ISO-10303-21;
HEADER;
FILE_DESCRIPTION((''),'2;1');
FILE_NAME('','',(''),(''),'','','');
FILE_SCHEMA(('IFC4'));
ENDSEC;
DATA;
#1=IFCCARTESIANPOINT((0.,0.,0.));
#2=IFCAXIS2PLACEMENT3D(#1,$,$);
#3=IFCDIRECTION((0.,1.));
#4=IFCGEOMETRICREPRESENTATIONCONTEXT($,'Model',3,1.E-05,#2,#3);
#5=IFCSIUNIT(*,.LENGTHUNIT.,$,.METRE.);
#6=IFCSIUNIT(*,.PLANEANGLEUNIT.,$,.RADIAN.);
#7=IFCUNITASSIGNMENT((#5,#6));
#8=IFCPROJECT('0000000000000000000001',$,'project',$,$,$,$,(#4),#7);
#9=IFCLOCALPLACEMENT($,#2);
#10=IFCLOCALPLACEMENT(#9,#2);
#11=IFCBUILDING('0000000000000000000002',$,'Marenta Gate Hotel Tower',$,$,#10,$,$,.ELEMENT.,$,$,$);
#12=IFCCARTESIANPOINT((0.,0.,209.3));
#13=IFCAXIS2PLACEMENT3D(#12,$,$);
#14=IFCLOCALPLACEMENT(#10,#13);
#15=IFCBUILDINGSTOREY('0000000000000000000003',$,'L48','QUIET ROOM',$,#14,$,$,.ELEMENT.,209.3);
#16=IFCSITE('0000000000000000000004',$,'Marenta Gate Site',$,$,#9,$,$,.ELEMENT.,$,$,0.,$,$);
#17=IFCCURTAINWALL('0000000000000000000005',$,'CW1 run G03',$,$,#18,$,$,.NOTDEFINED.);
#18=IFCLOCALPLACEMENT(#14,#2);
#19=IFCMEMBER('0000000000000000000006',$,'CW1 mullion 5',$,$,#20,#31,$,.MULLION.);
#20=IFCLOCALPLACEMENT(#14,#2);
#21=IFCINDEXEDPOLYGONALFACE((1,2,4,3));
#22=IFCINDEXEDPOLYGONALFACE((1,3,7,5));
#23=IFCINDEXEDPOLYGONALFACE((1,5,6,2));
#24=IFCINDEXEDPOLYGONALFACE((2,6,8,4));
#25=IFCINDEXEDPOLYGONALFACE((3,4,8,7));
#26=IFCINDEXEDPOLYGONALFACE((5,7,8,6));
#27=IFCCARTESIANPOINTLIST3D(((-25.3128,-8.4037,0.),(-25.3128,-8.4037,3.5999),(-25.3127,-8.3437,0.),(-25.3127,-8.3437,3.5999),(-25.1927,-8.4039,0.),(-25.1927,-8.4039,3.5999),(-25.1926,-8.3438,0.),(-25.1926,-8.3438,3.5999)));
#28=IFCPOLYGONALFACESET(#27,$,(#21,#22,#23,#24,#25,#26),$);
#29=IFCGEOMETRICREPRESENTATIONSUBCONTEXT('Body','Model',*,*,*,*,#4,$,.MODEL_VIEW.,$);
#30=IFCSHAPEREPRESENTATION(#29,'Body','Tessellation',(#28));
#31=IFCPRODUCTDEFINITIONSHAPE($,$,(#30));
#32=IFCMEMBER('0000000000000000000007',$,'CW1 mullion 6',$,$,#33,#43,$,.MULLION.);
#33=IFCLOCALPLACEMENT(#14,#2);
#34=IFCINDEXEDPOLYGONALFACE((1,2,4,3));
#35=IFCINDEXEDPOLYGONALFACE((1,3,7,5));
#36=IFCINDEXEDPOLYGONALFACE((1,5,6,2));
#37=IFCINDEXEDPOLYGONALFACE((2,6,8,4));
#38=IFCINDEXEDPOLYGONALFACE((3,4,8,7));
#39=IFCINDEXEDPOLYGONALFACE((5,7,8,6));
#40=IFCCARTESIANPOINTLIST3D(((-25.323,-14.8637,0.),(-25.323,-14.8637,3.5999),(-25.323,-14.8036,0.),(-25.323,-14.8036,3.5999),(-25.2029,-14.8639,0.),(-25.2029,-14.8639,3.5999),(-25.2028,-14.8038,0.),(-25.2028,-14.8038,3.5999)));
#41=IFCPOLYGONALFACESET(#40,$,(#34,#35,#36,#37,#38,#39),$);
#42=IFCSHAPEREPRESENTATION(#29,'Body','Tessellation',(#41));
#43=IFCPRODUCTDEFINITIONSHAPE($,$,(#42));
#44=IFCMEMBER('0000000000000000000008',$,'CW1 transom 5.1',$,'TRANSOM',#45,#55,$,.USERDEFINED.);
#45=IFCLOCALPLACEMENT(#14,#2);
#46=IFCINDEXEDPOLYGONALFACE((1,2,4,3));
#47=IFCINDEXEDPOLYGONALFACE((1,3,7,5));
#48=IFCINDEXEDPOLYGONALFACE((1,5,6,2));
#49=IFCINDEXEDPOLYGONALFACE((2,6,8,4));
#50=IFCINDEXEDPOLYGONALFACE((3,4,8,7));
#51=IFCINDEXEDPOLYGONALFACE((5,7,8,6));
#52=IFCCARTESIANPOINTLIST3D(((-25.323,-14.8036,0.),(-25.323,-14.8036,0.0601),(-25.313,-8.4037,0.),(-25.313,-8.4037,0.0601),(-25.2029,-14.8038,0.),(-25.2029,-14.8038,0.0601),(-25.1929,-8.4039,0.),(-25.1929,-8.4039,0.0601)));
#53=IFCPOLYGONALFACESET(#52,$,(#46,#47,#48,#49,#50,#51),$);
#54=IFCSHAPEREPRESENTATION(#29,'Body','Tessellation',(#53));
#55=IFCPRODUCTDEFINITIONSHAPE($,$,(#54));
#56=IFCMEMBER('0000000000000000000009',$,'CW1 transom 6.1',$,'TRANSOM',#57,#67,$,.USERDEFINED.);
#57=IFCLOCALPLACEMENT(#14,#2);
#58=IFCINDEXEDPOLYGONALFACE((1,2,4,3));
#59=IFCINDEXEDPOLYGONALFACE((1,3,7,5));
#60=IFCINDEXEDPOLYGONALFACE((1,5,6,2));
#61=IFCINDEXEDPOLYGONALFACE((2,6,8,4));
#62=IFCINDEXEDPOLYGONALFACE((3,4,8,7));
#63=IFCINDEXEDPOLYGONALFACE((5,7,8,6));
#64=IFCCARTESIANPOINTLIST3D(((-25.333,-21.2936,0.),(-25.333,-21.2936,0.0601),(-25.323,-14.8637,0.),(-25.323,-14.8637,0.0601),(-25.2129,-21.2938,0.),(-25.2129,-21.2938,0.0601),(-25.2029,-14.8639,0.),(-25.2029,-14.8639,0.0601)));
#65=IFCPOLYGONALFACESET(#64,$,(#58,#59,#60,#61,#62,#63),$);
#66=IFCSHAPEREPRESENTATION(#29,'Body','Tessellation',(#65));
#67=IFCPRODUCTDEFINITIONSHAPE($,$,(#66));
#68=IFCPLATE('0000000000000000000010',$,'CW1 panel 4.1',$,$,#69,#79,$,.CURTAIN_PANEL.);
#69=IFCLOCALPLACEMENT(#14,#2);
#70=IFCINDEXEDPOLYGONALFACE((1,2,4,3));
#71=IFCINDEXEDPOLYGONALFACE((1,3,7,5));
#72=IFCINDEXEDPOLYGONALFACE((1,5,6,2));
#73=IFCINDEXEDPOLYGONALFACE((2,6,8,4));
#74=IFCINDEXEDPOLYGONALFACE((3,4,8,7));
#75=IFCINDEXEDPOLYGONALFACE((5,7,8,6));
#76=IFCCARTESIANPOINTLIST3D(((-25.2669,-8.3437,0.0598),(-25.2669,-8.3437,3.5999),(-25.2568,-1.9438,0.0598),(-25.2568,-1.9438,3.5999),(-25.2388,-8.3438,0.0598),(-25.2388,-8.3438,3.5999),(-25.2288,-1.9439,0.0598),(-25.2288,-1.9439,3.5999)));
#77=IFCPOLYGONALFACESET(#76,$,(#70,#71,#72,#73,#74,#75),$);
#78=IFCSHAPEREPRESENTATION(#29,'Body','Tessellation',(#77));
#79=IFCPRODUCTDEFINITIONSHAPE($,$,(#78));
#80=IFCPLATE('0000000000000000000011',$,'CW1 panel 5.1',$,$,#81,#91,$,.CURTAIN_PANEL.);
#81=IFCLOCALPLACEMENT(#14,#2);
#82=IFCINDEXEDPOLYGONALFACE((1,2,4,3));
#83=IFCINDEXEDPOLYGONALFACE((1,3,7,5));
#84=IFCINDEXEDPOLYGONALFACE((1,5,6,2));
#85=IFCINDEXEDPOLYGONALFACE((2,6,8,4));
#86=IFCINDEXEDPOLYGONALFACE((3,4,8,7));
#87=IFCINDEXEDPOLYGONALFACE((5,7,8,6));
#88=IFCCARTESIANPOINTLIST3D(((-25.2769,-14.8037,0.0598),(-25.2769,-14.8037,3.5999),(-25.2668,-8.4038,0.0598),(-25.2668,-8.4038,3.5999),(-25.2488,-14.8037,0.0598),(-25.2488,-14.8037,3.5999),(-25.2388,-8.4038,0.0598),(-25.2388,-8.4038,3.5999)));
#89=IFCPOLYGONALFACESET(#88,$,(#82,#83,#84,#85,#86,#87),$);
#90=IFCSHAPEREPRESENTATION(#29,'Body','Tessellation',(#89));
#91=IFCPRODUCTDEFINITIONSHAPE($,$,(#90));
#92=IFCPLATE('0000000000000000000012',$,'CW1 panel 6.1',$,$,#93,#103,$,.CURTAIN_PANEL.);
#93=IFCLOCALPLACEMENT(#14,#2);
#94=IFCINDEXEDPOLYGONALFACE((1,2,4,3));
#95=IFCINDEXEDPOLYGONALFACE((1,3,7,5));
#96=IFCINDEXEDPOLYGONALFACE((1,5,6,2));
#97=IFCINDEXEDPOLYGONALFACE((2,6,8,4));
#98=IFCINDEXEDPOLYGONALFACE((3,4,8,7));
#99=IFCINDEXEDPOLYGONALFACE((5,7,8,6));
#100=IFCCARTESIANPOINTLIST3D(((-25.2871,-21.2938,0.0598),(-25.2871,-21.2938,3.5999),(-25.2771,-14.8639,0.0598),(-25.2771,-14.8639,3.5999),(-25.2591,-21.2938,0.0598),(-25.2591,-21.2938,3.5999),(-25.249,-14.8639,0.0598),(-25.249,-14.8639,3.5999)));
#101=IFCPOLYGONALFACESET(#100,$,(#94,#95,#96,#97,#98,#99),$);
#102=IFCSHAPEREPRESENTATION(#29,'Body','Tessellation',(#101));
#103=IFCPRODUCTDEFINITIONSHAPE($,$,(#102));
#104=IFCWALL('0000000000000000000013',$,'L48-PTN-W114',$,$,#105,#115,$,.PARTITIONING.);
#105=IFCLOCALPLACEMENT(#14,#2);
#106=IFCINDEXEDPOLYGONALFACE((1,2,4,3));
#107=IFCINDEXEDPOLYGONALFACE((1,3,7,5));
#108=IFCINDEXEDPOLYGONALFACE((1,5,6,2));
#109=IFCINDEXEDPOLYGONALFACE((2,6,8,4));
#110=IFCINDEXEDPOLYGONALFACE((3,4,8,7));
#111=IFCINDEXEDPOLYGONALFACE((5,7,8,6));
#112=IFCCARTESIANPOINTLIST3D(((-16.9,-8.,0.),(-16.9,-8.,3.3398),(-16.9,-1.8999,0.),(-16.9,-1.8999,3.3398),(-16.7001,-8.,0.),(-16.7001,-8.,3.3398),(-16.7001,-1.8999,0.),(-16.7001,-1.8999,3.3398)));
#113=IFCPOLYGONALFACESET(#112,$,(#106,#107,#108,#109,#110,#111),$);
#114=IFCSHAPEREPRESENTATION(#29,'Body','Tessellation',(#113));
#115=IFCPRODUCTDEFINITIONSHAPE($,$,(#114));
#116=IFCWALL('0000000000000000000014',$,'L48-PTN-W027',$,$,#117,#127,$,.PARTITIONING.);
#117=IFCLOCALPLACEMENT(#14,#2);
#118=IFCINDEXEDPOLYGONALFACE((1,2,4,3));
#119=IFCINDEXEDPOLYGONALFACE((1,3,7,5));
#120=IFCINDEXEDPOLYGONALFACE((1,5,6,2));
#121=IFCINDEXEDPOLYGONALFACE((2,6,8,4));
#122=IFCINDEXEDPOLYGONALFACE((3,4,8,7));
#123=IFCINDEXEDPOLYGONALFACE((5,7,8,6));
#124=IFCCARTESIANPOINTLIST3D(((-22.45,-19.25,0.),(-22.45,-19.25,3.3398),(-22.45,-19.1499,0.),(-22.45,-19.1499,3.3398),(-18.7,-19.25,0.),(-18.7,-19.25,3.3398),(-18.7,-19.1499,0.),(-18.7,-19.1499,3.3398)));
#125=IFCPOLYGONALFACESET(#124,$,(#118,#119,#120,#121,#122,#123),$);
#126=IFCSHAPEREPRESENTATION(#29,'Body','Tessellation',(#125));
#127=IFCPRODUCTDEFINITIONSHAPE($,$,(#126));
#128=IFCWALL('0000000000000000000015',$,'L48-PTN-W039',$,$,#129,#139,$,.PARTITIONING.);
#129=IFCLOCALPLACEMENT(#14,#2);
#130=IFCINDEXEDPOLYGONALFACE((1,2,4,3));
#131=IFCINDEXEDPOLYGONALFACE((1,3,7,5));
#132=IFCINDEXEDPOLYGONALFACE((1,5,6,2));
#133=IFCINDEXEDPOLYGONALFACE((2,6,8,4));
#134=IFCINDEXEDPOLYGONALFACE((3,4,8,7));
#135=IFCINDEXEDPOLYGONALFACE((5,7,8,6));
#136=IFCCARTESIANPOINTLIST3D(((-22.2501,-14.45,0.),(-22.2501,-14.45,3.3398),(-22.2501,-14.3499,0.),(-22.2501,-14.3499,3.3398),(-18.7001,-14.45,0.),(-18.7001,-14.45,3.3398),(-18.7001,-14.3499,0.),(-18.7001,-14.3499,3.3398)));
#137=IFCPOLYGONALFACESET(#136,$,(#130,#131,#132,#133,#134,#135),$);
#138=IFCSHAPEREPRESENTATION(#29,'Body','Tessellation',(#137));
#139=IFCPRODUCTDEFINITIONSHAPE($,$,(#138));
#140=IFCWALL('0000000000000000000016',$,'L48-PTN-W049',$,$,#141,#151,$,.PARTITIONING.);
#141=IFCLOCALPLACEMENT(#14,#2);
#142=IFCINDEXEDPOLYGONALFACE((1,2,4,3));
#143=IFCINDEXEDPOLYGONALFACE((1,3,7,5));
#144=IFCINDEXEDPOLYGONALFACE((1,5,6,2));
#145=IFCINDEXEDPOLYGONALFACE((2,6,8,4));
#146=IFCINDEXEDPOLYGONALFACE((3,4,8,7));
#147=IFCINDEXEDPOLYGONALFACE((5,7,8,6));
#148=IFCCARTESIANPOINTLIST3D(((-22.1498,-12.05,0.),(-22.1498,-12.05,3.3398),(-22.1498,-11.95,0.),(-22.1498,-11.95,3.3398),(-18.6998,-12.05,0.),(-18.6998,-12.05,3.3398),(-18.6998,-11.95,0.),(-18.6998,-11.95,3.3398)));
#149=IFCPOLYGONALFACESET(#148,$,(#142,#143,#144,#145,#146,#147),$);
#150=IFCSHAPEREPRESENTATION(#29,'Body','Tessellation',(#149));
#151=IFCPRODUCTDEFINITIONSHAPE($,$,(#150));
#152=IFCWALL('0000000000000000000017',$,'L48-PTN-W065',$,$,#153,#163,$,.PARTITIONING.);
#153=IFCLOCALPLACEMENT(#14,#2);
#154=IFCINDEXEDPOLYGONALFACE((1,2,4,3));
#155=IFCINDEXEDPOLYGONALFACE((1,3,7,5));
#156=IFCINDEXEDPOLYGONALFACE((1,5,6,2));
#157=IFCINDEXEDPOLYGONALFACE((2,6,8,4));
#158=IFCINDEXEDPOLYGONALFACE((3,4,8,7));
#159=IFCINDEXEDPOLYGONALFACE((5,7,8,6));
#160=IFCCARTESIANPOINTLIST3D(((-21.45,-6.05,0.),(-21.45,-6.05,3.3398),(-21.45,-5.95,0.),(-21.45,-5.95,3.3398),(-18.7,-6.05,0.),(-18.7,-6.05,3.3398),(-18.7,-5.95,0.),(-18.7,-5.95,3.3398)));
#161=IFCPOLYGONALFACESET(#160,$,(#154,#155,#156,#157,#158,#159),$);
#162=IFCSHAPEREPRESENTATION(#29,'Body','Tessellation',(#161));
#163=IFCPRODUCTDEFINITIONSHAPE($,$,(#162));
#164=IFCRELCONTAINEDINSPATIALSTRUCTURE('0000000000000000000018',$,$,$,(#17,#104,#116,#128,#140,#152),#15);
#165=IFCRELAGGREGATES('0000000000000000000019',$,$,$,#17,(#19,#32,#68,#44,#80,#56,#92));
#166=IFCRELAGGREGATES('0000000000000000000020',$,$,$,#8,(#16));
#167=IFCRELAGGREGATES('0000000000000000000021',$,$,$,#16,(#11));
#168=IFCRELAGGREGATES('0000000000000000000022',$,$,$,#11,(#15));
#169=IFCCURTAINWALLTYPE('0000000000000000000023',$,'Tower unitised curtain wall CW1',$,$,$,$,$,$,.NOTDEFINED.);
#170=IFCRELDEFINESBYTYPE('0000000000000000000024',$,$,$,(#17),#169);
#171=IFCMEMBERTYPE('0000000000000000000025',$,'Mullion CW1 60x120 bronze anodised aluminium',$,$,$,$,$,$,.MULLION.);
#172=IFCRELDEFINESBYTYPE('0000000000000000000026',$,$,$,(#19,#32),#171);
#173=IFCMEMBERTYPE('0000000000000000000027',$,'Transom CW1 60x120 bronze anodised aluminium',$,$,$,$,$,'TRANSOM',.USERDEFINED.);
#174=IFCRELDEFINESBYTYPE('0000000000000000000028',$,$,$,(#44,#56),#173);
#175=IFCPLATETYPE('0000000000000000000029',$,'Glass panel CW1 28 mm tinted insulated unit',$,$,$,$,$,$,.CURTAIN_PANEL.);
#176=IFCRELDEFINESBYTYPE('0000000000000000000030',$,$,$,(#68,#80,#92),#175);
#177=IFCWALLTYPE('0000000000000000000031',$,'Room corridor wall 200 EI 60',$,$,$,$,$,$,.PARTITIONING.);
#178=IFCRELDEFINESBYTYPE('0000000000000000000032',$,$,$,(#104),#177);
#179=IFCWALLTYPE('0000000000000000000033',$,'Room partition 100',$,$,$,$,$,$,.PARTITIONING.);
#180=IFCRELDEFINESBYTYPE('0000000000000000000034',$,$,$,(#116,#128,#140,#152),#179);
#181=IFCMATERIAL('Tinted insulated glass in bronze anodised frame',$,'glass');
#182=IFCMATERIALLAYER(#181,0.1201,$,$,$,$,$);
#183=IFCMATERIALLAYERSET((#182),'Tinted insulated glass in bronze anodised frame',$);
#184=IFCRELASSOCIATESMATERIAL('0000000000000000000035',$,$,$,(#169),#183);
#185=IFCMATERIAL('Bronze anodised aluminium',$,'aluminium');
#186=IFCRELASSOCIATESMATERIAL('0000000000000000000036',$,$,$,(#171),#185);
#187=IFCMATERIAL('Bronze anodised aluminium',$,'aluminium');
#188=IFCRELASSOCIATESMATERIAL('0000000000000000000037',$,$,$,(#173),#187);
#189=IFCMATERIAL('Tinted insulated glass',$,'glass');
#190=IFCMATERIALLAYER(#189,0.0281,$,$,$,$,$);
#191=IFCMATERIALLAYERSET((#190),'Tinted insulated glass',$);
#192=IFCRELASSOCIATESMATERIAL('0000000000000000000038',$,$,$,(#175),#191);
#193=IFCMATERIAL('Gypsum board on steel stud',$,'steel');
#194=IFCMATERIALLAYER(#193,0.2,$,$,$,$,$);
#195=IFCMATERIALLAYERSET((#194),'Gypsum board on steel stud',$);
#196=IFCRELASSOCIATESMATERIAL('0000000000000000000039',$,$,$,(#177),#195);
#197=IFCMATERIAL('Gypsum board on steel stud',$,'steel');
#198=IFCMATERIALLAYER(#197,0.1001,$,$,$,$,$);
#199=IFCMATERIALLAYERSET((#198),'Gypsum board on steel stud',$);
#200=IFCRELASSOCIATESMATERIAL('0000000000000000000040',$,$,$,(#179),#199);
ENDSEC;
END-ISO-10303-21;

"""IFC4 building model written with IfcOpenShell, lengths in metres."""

from ifc_helpers import new_model, si_unit, direction, frame, frame_2d, origin, origin_2d, place, context, subcontext, project, spatial, rectangle, extrude, material, layer, layer_set, material_profile, profile_set, type_object, element, aggregate, save


model = new_model("IFC4")

# Units and contexts
model_context = context("Model", 3, precision=1e-05, world=origin(), true_north=direction((0.0, 1.0)))
body_context = subcontext(model_context, "Body", "Model", "MODEL_VIEW")
ifc_project = project(units=[si_unit("LENGTHUNIT", "METRE"), si_unit("PLANEANGLEUNIT", "RADIAN")], contexts=[model_context])

# Site, building, storey
site_placement = place(None, origin())
site = spatial("IfcSite", under=ifc_project, at=site_placement, Name="Marenta Gate Site", CompositionType="ELEMENT", RefElevation=0.0)
building_placement = place(site_placement, origin())
building = spatial("IfcBuilding", under=site, at=building_placement, Name="Marenta Gate Hotel Tower", CompositionType="ELEMENT")
storey_placement = place(building_placement, frame((0.0, 0.0, 209.3)))
storey = spatial("IfcBuildingStorey", under=building, at=storey_placement, Name="L48", Description="QUIET ROOM", CompositionType="ELEMENT", Elevation=209.3)

# Curtain wall, members, plates
ifc_material_1 = material(Name="Tinted insulated glass in bronze anodised frame", Category="glass")
ifc_layer_1 = layer(ifc_material_1, 0.1201)
ifc_layer_set_1 = layer_set([ifc_layer_1], Name="Tinted insulated glass in bronze anodised frame")
curtain_wall_type = type_object("IfcCurtainWallType", Name="Tower unitised curtain wall CW1", PredefinedType="NOTDEFINED", material=ifc_layer_set_1)
curtain_wall_placement = place(storey_placement, origin())
curtain_wall = element("IfcCurtainWall", 1, at=curtain_wall_placement, inside=storey, type_object=curtain_wall_type, Name="CW1 run G03", PredefinedType="NOTDEFINED")
ifc_material_2 = material(Name="Bronze anodised aluminium", Category="aluminium")
ifc_material_profile_1 = material_profile(ifc_material_2, rectangle(XDim=0.1201, YDim=0.0601, at=origin_2d()), Name="Mullion CW1 60x120 bronze anodised aluminium")
ifc_profile_set_1 = profile_set([ifc_material_profile_1], Name="Bronze anodised aluminium")
member_type_1 = type_object("IfcMemberType", Name="Mullion CW1 60x120 bronze anodised aluminium", PredefinedType="MULLION", material=ifc_profile_set_1)
member_1_placement = place(storey_placement, frame((-25.2527, -8.3738, 0.0), z_axis=(0.0, 0.0, 1.0), x_axis=(0.999999, -0.001566, 0.0)))
member_1 = element("IfcMember", 2, at=member_1_placement, type_object=member_type_1, Name="CW1 mullion 5", PredefinedType="MULLION", context=body_context, shape_type="SweptSolid", body=[
    extrude(rectangle(XDim=0.1201, YDim=0.0601, at=origin_2d()), origin(), (0.0, 0.0, 1.0), 3.5999),
])
member_2_placement = place(storey_placement, frame((-25.2629, -14.8337, 0.0), z_axis=(0.0, 0.0, 1.0), x_axis=(0.999999, -0.001566, 0.0)))
member_2 = element("IfcMember", 3, at=member_2_placement, type_object=member_type_1, Name="CW1 mullion 6", PredefinedType="MULLION", context=body_context, shape_type="SweptSolid", body=[
    extrude(rectangle(XDim=0.1201, YDim=0.0601, at=origin_2d()), origin(), (0.0, 0.0, 1.0), 3.5999),
])
ifc_material_3 = material(Name="Bronze anodised aluminium", Category="aluminium")
ifc_material_profile_2 = material_profile(ifc_material_3, rectangle(XDim=0.1201, YDim=0.0601, at=origin_2d()), Name="Transom CW1 60x120 bronze anodised aluminium")
ifc_profile_set_2 = profile_set([ifc_material_profile_2], Name="Bronze anodised aluminium")
member_type_2 = type_object("IfcMemberType", Name="Transom CW1 60x120 bronze anodised aluminium", ElementType="TRANSOM", PredefinedType="USERDEFINED", material=ifc_profile_set_2)
member_3_placement = place(storey_placement, frame((-25.2529, -8.4038, 0.03), z_axis=(-0.001564, -0.999999, 0.0), x_axis=(0.999999, -0.001564, 0.0)))
member_3 = element("IfcMember", 4, at=member_3_placement, type_object=member_type_2, Name="CW1 transom 5.1", ObjectType="TRANSOM", PredefinedType="USERDEFINED", context=body_context, shape_type="SweptSolid", body=[
    extrude(rectangle(XDim=0.1201, YDim=0.0601, at=origin_2d()), origin(), (0.0, 0.0, 1.0), 6.3999),
])
member_4_placement = place(storey_placement, frame((-25.2629, -14.8638, 0.03), z_axis=(-0.001557, -0.999999, 0.0), x_axis=(0.999999, -0.001557, 0.0)))
member_4 = element("IfcMember", 5, at=member_4_placement, type_object=member_type_2, Name="CW1 transom 6.1", ObjectType="TRANSOM", PredefinedType="USERDEFINED", context=body_context, shape_type="SweptSolid", body=[
    extrude(rectangle(XDim=0.1201, YDim=0.0601, at=origin_2d()), origin(), (0.0, 0.0, 1.0), 6.4299),
])
ifc_material_4 = material(Name="Tinted insulated glass", Category="glass")
ifc_layer_2 = layer(ifc_material_4, 0.0281)
ifc_layer_set_2 = layer_set([ifc_layer_2], Name="Tinted insulated glass")
plate_type = type_object("IfcPlateType", Name="Glass panel CW1 28 mm tinted insulated unit", PredefinedType="CURTAIN_PANEL", material=ifc_layer_set_2)
plate_1_placement = place(storey_placement, frame((-25.2478, -5.1438, 0.0598), z_axis=(0.0, 0.0, 1.0), x_axis=(-0.001566, -0.999999, 0.0)))
plate_1 = element("IfcPlate", 6, at=plate_1_placement, type_object=plate_type, Name="CW1 panel 4.1", PredefinedType="CURTAIN_PANEL", context=body_context, shape_type="SweptSolid", body=[
    extrude(rectangle(XDim=6.3999, YDim=0.0281, at=origin_2d()), origin(), (0.0, 0.0, 1.0), 3.54),
])
plate_2_placement = place(storey_placement, frame((-25.2578, -11.6038, 0.0598), z_axis=(0.0, 0.0, 1.0), x_axis=(-0.001566, -0.999999, 0.0)))
plate_2 = element("IfcPlate", 7, at=plate_2_placement, type_object=plate_type, Name="CW1 panel 5.1", PredefinedType="CURTAIN_PANEL", context=body_context, shape_type="SweptSolid", body=[
    extrude(rectangle(XDim=6.3999, YDim=0.0281, at=origin_2d()), origin(), (0.0, 0.0, 1.0), 3.54),
])
plate_3_placement = place(storey_placement, frame((-25.2681, -18.0789, 0.0598), z_axis=(0.0, 0.0, 1.0), x_axis=(-0.001566, -0.999999, 0.0)))
plate_3 = element("IfcPlate", 8, at=plate_3_placement, type_object=plate_type, Name="CW1 panel 6.1", PredefinedType="CURTAIN_PANEL", context=body_context, shape_type="SweptSolid", body=[
    extrude(rectangle(XDim=6.4299, YDim=0.0281, at=origin_2d()), origin(), (0.0, 0.0, 1.0), 3.54),
])
aggregate(curtain_wall, [member_1, member_2, plate_1, member_3, plate_2, member_4, plate_3])

# Walls
ifc_material_5 = material(Name="Gypsum board on steel stud", Category="steel")
ifc_layer_3 = layer(ifc_material_5, 0.2)
ifc_layer_set_3 = layer_set([ifc_layer_3], Name="Gypsum board on steel stud")
wall_type_1 = type_object("IfcWallType", Name="Room corridor wall 200 EI 60", PredefinedType="PARTITIONING", material=ifc_layer_set_3)
wall_1_placement = place(storey_placement, frame((-16.8, -8.0, 0.0), z_axis=(0.0, 0.0, 1.0), x_axis=(0.0, 1.0, 0.0)))
element("IfcWall", 9, at=wall_1_placement, inside=storey, type_object=wall_type_1, Name="L48-PTN-W114", PredefinedType="PARTITIONING", context=body_context, shape_type="SweptSolid", body=[
    extrude(rectangle(XDim=6.1001, YDim=0.2, at=frame_2d((3.05, 0.0))), origin(), (0.0, 0.0, 1.0), 3.3398),
])
ifc_material_6 = material(Name="Gypsum board on steel stud", Category="steel")
ifc_layer_4 = layer(ifc_material_6, 0.1001)
ifc_layer_set_4 = layer_set([ifc_layer_4], Name="Gypsum board on steel stud")
wall_type_2 = type_object("IfcWallType", Name="Room partition 100", PredefinedType="PARTITIONING", material=ifc_layer_set_4)
wall_2_placement = place(storey_placement, frame((-22.45, -19.2, 0.0), z_axis=(0.0, 0.0, 1.0), x_axis=(1.0, 0.0, 0.0)))
element("IfcWall", 10, at=wall_2_placement, inside=storey, type_object=wall_type_2, Name="L48-PTN-W027", PredefinedType="PARTITIONING", context=body_context, shape_type="SweptSolid", body=[
    extrude(rectangle(XDim=3.75, YDim=0.1001, at=frame_2d((1.875, 0.0))), origin(), (0.0, 0.0, 1.0), 3.3398),
])
wall_3_placement = place(storey_placement, frame((-22.25, -14.3999, 0.0), z_axis=(0.0, 0.0, 1.0), x_axis=(1.0, 0.0, 0.0)))
element("IfcWall", 11, at=wall_3_placement, inside=storey, type_object=wall_type_2, Name="L48-PTN-W039", PredefinedType="PARTITIONING", context=body_context, shape_type="SweptSolid", body=[
    extrude(rectangle(XDim=3.55, YDim=0.1001, at=frame_2d((1.7749, 0.0))), origin(), (0.0, 0.0, 1.0), 3.3398),
])
wall_4_placement = place(storey_placement, frame((-22.1499, -12.0, 0.0), z_axis=(0.0, 0.0, 1.0), x_axis=(1.0, 0.0, 0.0)))
element("IfcWall", 12, at=wall_4_placement, inside=storey, type_object=wall_type_2, Name="L48-PTN-W049", PredefinedType="PARTITIONING", context=body_context, shape_type="SweptSolid", body=[
    extrude(rectangle(XDim=3.45, YDim=0.1001, at=frame_2d((1.7251, 0.0))), origin(), (0.0, 0.0, 1.0), 3.3398),
])
wall_5_placement = place(storey_placement, frame((-21.45, -6.0, 0.0), z_axis=(0.0, 0.0, 1.0), x_axis=(1.0, 0.0, 0.0)))
element("IfcWall", 13, at=wall_5_placement, inside=storey, type_object=wall_type_2, Name="L48-PTN-W065", PredefinedType="PARTITIONING", context=body_context, shape_type="SweptSolid", body=[
    extrude(rectangle(XDim=2.75, YDim=0.1001, at=frame_2d((1.375, 0.0))), origin(), (0.0, 0.0, 1.0), 3.3398),
])

save(model, "model.ifc")
